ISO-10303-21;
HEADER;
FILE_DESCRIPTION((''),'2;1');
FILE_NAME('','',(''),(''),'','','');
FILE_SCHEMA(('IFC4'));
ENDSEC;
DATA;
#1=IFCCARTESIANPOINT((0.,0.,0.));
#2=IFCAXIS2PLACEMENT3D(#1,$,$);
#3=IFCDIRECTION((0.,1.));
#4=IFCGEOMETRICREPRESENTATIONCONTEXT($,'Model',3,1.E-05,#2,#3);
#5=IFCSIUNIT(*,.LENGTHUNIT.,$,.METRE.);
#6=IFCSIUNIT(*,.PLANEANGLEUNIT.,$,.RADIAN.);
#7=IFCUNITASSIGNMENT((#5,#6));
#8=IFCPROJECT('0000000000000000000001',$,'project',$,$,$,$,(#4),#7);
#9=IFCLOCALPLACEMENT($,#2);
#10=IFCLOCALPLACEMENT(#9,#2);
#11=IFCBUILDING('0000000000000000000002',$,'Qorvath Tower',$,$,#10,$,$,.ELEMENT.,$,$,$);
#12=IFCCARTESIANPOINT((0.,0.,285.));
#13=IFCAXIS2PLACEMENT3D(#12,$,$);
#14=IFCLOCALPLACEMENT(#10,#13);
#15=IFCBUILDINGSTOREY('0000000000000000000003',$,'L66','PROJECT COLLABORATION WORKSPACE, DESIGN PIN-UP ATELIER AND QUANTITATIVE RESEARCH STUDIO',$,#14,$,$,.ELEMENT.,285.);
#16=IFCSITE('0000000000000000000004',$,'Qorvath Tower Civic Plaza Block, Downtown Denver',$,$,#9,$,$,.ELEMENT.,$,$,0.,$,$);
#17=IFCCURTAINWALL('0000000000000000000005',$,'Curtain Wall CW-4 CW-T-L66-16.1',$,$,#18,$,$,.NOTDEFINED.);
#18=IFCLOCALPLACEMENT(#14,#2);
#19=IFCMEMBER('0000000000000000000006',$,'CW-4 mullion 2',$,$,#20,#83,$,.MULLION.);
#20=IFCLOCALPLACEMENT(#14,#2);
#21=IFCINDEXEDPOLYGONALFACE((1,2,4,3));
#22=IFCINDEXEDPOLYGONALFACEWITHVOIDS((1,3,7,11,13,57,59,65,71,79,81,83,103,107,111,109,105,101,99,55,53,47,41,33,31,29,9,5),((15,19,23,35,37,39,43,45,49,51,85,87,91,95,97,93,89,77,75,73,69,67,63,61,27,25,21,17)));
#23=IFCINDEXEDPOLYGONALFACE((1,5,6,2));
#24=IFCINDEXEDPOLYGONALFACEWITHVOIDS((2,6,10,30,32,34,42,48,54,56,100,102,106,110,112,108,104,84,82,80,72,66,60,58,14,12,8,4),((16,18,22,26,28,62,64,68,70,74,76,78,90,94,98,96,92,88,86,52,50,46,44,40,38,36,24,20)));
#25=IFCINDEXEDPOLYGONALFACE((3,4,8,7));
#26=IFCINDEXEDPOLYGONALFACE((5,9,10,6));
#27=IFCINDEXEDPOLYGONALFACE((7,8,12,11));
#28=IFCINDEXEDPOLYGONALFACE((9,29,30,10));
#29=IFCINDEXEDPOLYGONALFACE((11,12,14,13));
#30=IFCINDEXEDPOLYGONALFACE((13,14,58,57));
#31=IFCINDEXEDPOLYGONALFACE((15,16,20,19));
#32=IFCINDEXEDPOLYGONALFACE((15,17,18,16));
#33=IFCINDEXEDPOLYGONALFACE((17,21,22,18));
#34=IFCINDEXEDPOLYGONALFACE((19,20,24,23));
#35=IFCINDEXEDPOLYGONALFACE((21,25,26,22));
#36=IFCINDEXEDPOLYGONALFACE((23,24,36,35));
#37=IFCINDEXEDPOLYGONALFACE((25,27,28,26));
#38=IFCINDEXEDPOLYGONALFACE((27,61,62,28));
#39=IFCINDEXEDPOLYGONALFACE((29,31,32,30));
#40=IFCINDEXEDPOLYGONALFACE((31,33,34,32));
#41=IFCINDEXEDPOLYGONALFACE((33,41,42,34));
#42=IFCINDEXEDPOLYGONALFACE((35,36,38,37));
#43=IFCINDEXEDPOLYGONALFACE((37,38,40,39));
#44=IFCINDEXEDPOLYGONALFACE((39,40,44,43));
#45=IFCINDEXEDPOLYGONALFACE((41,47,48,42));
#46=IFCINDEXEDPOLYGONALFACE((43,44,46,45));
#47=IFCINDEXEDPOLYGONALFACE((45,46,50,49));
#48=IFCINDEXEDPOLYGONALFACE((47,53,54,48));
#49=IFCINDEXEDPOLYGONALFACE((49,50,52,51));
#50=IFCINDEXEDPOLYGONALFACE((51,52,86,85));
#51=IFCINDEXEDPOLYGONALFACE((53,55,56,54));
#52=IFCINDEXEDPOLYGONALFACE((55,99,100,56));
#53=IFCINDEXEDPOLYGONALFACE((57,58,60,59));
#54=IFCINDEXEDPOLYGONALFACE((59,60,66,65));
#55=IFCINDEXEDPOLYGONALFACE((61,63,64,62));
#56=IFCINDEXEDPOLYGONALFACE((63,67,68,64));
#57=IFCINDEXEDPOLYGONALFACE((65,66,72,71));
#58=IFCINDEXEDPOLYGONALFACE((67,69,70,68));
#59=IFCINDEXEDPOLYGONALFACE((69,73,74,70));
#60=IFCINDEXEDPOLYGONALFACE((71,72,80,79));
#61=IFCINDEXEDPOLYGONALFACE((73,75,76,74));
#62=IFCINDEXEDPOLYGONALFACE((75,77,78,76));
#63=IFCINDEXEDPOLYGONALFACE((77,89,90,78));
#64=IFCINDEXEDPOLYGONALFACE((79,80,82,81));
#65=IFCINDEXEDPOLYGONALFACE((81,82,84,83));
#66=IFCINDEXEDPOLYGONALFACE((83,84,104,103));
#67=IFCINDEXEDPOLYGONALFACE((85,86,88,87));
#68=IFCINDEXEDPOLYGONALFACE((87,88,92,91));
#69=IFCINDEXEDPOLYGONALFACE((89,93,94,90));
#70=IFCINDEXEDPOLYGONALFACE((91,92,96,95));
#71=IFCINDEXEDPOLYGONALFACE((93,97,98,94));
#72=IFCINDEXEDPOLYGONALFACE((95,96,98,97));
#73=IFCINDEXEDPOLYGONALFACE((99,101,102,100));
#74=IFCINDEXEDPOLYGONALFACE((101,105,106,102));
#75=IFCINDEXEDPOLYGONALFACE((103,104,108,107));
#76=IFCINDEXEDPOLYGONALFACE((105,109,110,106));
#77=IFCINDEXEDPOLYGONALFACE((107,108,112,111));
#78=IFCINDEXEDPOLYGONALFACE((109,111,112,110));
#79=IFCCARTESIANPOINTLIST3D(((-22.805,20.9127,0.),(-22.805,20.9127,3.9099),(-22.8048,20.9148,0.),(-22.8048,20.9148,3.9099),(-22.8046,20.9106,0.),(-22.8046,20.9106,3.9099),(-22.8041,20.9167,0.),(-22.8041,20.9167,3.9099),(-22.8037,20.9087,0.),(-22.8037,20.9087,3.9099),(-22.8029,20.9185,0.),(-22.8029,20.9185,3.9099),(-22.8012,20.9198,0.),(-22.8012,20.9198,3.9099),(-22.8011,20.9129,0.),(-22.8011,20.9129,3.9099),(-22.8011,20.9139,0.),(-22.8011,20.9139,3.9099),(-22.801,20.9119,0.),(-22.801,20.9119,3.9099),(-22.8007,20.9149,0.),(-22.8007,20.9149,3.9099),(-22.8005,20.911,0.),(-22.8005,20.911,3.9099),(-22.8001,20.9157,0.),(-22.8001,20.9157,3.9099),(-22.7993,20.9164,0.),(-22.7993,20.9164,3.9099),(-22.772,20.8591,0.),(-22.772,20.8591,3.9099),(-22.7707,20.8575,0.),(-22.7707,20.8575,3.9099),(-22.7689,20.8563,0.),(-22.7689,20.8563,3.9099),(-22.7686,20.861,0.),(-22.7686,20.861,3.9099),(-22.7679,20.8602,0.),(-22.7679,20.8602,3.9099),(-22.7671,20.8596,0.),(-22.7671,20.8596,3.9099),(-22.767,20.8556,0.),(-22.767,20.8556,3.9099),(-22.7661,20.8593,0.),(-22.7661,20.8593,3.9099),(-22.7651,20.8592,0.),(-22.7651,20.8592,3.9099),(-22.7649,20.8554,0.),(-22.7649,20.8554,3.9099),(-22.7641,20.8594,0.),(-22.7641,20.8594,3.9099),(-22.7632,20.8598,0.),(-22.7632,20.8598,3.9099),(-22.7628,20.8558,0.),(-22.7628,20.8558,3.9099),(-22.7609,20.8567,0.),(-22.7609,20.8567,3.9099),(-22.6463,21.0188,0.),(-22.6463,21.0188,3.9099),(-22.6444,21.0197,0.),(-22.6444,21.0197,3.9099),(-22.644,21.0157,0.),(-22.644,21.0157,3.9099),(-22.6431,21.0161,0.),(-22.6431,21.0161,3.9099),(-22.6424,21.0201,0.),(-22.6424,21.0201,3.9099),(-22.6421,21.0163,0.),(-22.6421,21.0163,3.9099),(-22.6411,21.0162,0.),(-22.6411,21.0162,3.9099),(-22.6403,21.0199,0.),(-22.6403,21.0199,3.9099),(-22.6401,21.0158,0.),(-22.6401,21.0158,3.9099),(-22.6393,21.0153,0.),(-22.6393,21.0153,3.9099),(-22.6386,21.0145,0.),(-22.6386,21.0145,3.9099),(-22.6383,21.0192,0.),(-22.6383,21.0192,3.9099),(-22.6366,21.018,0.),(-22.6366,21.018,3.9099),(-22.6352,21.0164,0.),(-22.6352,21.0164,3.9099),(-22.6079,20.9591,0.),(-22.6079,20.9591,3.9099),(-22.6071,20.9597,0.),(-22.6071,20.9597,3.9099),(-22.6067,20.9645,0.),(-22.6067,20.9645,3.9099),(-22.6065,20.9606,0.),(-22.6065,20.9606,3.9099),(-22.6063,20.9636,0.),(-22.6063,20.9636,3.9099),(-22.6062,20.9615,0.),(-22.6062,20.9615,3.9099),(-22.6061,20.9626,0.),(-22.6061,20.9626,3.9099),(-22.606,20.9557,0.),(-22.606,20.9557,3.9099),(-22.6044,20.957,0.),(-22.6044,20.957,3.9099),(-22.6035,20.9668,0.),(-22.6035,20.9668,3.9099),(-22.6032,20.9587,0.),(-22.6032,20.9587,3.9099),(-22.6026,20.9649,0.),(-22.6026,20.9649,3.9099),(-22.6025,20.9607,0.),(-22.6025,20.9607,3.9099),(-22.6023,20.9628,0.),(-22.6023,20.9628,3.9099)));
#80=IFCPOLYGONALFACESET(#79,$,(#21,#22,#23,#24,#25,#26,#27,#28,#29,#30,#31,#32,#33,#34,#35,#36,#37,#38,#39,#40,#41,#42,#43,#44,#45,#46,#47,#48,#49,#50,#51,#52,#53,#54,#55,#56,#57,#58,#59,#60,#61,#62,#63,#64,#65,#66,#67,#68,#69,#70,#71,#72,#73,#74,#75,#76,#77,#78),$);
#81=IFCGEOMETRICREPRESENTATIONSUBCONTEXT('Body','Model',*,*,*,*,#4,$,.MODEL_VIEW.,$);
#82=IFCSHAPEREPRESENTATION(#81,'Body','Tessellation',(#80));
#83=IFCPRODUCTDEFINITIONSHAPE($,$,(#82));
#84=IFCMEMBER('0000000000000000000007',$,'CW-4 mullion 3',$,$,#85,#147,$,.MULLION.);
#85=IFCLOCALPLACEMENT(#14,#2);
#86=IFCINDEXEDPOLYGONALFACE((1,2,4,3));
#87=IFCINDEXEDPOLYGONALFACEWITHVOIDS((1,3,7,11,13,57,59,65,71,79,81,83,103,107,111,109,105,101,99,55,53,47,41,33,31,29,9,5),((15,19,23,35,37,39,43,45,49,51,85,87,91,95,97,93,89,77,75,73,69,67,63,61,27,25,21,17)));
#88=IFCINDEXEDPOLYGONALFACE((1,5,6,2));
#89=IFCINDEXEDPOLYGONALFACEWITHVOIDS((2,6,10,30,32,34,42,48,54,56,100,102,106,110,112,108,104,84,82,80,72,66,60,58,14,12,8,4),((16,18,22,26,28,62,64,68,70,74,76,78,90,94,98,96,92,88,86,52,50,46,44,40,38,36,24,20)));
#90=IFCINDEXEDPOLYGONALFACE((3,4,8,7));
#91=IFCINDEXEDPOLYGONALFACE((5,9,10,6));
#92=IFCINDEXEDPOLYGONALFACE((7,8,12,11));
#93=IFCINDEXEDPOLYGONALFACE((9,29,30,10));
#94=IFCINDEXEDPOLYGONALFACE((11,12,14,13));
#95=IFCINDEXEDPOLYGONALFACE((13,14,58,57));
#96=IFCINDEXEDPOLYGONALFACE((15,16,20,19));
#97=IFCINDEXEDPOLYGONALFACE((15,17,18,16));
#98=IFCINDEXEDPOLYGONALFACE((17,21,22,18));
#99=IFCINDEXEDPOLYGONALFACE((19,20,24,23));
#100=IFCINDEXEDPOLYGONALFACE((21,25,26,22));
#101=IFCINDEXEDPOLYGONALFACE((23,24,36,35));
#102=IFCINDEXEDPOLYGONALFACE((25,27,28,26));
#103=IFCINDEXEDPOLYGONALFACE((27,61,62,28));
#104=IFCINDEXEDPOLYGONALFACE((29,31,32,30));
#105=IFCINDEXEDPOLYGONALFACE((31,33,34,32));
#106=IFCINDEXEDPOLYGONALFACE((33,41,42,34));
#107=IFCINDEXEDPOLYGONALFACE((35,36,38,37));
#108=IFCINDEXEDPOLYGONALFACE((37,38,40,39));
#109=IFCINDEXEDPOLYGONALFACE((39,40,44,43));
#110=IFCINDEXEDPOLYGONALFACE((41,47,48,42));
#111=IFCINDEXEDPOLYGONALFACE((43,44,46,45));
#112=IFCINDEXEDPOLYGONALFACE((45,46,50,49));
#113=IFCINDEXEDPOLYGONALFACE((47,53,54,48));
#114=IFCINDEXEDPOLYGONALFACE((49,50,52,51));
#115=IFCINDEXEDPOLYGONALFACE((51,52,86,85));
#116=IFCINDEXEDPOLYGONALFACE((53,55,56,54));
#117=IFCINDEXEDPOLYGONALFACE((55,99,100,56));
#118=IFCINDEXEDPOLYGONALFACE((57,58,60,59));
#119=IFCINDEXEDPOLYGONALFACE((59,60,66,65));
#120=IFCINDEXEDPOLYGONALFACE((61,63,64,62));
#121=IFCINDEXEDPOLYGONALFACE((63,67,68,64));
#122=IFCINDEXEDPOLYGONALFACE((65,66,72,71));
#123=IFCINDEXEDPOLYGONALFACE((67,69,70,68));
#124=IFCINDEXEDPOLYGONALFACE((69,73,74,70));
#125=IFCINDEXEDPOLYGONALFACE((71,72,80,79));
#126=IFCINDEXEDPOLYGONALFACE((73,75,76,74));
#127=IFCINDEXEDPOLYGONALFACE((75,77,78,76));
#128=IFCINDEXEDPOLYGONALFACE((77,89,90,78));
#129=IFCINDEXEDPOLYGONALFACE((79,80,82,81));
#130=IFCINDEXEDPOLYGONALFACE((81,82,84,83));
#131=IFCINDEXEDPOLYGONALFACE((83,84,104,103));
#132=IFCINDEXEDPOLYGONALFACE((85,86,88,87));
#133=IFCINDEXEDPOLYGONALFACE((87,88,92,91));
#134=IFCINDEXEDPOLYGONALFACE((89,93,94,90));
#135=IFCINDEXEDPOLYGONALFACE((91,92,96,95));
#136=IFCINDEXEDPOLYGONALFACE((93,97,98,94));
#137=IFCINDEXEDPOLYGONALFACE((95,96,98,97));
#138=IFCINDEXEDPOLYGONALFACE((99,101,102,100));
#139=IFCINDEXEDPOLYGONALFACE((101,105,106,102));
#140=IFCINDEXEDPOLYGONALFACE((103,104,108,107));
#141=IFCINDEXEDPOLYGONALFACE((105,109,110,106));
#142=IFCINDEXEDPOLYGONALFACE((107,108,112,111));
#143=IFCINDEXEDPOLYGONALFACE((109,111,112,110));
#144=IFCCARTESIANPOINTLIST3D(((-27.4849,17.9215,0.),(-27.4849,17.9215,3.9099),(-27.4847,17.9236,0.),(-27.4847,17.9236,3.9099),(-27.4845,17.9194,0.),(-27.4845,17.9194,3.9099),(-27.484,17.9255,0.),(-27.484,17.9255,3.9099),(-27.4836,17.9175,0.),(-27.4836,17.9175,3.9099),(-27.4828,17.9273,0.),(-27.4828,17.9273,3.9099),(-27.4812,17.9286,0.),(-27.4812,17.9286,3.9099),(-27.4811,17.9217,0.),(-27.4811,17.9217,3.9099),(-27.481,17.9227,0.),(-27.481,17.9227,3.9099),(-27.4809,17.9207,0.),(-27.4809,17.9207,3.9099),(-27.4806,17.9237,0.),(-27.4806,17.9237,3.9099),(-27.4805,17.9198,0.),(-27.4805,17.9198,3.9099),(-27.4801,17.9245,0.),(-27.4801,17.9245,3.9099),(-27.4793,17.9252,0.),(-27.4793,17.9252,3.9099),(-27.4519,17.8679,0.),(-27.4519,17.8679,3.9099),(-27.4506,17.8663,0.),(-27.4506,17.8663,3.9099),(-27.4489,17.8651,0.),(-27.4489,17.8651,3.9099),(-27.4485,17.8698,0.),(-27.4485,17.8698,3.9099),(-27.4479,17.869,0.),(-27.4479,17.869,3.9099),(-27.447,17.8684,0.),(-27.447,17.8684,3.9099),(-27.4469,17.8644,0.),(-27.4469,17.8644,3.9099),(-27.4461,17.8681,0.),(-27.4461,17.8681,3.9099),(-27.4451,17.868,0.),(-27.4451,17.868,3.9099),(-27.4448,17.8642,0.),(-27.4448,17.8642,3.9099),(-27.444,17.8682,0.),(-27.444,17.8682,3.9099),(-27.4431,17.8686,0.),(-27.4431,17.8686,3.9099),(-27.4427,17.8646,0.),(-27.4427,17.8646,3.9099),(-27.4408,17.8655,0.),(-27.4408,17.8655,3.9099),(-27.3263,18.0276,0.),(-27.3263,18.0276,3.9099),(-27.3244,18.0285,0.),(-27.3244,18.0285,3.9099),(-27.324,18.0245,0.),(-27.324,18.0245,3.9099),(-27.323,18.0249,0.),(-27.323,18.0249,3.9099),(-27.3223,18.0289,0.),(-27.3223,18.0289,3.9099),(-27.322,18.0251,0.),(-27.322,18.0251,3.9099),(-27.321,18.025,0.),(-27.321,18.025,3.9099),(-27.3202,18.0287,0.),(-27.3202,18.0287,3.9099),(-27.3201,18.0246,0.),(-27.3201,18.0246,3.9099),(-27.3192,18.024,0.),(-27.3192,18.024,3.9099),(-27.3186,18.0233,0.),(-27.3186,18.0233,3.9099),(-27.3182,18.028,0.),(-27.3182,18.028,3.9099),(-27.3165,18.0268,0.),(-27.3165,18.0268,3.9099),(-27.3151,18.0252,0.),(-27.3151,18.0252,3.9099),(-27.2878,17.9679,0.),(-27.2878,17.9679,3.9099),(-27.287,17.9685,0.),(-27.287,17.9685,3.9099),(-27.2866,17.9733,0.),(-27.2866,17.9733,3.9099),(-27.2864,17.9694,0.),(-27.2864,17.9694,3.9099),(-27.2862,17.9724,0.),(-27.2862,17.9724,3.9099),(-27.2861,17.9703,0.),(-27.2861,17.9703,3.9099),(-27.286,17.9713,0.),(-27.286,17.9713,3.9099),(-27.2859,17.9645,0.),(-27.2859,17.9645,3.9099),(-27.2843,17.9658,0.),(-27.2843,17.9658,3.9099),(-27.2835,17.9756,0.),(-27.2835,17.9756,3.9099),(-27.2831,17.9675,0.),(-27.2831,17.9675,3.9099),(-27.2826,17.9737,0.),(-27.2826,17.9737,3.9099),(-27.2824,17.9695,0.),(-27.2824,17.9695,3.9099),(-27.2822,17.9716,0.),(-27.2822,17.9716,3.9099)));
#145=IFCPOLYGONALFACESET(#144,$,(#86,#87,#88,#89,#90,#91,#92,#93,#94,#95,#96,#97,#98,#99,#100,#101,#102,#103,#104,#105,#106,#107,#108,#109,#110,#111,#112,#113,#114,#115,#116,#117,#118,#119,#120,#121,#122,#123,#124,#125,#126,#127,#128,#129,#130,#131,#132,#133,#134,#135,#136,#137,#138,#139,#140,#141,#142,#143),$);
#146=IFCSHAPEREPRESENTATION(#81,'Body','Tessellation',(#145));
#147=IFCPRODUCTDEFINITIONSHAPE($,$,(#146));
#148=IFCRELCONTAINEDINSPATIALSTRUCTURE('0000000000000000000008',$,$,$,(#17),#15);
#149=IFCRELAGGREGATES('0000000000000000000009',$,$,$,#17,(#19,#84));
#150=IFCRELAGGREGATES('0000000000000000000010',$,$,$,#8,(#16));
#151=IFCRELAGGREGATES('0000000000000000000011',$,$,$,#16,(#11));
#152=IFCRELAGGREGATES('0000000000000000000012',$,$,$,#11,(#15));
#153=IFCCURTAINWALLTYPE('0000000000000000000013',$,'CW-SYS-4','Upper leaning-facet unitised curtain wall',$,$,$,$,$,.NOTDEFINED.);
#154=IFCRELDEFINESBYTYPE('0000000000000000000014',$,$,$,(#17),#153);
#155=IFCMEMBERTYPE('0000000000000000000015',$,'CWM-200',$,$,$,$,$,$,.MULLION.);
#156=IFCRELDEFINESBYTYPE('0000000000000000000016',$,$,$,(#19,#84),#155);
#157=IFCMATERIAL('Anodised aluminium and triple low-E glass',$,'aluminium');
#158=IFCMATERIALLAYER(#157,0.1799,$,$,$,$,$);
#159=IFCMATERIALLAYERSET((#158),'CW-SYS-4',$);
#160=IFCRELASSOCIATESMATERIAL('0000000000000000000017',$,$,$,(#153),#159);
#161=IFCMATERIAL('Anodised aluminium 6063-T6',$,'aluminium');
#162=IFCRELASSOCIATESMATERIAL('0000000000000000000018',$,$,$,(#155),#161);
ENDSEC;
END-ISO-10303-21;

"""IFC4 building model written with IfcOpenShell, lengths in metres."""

from ifc_helpers import new_model, si_unit, direction, frame, origin, origin_2d, place, context, subcontext, project, spatial, hollow_rectangle, extrude, material, layer, layer_set, material_profile, profile_set, type_object, element, aggregate, save


model = new_model("IFC4")

# Units and contexts
model_context = context("Model", 3, precision=1e-05, world=origin(), true_north=direction((0.0, 1.0)))
body_context = subcontext(model_context, "Body", "Model", "MODEL_VIEW")
ifc_project = project(units=[si_unit("LENGTHUNIT", "METRE"), si_unit("PLANEANGLEUNIT", "RADIAN")], contexts=[model_context])

# Site, building, storey
site_placement = place(None, origin())
site = spatial("IfcSite", under=ifc_project, at=site_placement, Name="Qorvath Tower Civic Plaza Block, Downtown Denver", CompositionType="ELEMENT", RefElevation=0.0)
building_placement = place(site_placement, origin())
building = spatial("IfcBuilding", under=site, at=building_placement, Name="Qorvath Tower", CompositionType="ELEMENT")
storey_placement = place(building_placement, frame((0.0, 0.0, 285.0)))
storey = spatial("IfcBuildingStorey", under=building, at=storey_placement, Name="L66", Description="PROJECT COLLABORATION WORKSPACE, DESIGN PIN-UP ATELIER AND QUANTITATIVE RESEARCH STUDIO", CompositionType="ELEMENT", Elevation=285.0)

# Curtain wall, members
ifc_material_1 = material(Name="Anodised aluminium and triple low-E glass", Category="aluminium")
ifc_layer_1 = layer(ifc_material_1, 0.1799)
ifc_layer_set_1 = layer_set([ifc_layer_1], Name="CW-SYS-4")
curtain_wall_type = type_object("IfcCurtainWallType", Name="CW-SYS-4", Description="Upper leaning-facet unitised curtain wall", PredefinedType="NOTDEFINED", material=ifc_layer_set_1)
curtain_wall_placement = place(storey_placement, origin())
curtain_wall = element("IfcCurtainWall", 1, at=curtain_wall_placement, inside=storey, type_object=curtain_wall_type, Name="Curtain Wall CW-4 CW-T-L66-16.1", PredefinedType="NOTDEFINED")
ifc_material_2 = material(Name="Anodised aluminium 6063-T6", Category="aluminium")
ifc_material_profile_1 = material_profile(ifc_material_2, hollow_rectangle(XDim=0.075, YDim=0.2, WallThickness=0.0039, InnerFilletRadius=0.0039, OuterFilletRadius=0.0081, at=origin_2d()), Name="CWM 200x75")
ifc_profile_set_1 = profile_set([ifc_material_profile_1], Name="Anodised aluminium 6063-T6")
member_type_1 = type_object("IfcMemberType", Name="CWM-200", PredefinedType="MULLION", material=ifc_profile_set_1)
member_1_placement = place(storey_placement, frame((-22.7036, 20.9377, 0.0), z_axis=(0.0, 0.0, 1.0), x_axis=(0.538532, -0.842605, 0.0)))
member_1 = element("IfcMember", 2, at=member_1_placement, type_object=member_type_1, Name="CW-4 mullion 2", PredefinedType="MULLION", context=body_context, shape_type="SweptSolid", body=[
    extrude(hollow_rectangle(XDim=0.075, YDim=0.2, WallThickness=0.0039, InnerFilletRadius=0.0039, OuterFilletRadius=0.0081, at=origin_2d()), origin(), (0.0, 0.0, 1.0), 3.9099),
])
member_2_placement = place(storey_placement, frame((-27.3835, 17.9465, 0.0), z_axis=(0.0, 0.0, 1.0), x_axis=(0.538532, -0.842605, 0.0)))
member_2 = element("IfcMember", 3, at=member_2_placement, type_object=member_type_1, Name="CW-4 mullion 3", PredefinedType="MULLION", context=body_context, shape_type="SweptSolid", body=[
    extrude(hollow_rectangle(XDim=0.075, YDim=0.2, WallThickness=0.0039, InnerFilletRadius=0.0039, OuterFilletRadius=0.0081, at=origin_2d()), origin(), (0.0, 0.0, 1.0), 3.9099),
])
aggregate(curtain_wall, [member_1, member_2])

save(model, "model.ifc")
